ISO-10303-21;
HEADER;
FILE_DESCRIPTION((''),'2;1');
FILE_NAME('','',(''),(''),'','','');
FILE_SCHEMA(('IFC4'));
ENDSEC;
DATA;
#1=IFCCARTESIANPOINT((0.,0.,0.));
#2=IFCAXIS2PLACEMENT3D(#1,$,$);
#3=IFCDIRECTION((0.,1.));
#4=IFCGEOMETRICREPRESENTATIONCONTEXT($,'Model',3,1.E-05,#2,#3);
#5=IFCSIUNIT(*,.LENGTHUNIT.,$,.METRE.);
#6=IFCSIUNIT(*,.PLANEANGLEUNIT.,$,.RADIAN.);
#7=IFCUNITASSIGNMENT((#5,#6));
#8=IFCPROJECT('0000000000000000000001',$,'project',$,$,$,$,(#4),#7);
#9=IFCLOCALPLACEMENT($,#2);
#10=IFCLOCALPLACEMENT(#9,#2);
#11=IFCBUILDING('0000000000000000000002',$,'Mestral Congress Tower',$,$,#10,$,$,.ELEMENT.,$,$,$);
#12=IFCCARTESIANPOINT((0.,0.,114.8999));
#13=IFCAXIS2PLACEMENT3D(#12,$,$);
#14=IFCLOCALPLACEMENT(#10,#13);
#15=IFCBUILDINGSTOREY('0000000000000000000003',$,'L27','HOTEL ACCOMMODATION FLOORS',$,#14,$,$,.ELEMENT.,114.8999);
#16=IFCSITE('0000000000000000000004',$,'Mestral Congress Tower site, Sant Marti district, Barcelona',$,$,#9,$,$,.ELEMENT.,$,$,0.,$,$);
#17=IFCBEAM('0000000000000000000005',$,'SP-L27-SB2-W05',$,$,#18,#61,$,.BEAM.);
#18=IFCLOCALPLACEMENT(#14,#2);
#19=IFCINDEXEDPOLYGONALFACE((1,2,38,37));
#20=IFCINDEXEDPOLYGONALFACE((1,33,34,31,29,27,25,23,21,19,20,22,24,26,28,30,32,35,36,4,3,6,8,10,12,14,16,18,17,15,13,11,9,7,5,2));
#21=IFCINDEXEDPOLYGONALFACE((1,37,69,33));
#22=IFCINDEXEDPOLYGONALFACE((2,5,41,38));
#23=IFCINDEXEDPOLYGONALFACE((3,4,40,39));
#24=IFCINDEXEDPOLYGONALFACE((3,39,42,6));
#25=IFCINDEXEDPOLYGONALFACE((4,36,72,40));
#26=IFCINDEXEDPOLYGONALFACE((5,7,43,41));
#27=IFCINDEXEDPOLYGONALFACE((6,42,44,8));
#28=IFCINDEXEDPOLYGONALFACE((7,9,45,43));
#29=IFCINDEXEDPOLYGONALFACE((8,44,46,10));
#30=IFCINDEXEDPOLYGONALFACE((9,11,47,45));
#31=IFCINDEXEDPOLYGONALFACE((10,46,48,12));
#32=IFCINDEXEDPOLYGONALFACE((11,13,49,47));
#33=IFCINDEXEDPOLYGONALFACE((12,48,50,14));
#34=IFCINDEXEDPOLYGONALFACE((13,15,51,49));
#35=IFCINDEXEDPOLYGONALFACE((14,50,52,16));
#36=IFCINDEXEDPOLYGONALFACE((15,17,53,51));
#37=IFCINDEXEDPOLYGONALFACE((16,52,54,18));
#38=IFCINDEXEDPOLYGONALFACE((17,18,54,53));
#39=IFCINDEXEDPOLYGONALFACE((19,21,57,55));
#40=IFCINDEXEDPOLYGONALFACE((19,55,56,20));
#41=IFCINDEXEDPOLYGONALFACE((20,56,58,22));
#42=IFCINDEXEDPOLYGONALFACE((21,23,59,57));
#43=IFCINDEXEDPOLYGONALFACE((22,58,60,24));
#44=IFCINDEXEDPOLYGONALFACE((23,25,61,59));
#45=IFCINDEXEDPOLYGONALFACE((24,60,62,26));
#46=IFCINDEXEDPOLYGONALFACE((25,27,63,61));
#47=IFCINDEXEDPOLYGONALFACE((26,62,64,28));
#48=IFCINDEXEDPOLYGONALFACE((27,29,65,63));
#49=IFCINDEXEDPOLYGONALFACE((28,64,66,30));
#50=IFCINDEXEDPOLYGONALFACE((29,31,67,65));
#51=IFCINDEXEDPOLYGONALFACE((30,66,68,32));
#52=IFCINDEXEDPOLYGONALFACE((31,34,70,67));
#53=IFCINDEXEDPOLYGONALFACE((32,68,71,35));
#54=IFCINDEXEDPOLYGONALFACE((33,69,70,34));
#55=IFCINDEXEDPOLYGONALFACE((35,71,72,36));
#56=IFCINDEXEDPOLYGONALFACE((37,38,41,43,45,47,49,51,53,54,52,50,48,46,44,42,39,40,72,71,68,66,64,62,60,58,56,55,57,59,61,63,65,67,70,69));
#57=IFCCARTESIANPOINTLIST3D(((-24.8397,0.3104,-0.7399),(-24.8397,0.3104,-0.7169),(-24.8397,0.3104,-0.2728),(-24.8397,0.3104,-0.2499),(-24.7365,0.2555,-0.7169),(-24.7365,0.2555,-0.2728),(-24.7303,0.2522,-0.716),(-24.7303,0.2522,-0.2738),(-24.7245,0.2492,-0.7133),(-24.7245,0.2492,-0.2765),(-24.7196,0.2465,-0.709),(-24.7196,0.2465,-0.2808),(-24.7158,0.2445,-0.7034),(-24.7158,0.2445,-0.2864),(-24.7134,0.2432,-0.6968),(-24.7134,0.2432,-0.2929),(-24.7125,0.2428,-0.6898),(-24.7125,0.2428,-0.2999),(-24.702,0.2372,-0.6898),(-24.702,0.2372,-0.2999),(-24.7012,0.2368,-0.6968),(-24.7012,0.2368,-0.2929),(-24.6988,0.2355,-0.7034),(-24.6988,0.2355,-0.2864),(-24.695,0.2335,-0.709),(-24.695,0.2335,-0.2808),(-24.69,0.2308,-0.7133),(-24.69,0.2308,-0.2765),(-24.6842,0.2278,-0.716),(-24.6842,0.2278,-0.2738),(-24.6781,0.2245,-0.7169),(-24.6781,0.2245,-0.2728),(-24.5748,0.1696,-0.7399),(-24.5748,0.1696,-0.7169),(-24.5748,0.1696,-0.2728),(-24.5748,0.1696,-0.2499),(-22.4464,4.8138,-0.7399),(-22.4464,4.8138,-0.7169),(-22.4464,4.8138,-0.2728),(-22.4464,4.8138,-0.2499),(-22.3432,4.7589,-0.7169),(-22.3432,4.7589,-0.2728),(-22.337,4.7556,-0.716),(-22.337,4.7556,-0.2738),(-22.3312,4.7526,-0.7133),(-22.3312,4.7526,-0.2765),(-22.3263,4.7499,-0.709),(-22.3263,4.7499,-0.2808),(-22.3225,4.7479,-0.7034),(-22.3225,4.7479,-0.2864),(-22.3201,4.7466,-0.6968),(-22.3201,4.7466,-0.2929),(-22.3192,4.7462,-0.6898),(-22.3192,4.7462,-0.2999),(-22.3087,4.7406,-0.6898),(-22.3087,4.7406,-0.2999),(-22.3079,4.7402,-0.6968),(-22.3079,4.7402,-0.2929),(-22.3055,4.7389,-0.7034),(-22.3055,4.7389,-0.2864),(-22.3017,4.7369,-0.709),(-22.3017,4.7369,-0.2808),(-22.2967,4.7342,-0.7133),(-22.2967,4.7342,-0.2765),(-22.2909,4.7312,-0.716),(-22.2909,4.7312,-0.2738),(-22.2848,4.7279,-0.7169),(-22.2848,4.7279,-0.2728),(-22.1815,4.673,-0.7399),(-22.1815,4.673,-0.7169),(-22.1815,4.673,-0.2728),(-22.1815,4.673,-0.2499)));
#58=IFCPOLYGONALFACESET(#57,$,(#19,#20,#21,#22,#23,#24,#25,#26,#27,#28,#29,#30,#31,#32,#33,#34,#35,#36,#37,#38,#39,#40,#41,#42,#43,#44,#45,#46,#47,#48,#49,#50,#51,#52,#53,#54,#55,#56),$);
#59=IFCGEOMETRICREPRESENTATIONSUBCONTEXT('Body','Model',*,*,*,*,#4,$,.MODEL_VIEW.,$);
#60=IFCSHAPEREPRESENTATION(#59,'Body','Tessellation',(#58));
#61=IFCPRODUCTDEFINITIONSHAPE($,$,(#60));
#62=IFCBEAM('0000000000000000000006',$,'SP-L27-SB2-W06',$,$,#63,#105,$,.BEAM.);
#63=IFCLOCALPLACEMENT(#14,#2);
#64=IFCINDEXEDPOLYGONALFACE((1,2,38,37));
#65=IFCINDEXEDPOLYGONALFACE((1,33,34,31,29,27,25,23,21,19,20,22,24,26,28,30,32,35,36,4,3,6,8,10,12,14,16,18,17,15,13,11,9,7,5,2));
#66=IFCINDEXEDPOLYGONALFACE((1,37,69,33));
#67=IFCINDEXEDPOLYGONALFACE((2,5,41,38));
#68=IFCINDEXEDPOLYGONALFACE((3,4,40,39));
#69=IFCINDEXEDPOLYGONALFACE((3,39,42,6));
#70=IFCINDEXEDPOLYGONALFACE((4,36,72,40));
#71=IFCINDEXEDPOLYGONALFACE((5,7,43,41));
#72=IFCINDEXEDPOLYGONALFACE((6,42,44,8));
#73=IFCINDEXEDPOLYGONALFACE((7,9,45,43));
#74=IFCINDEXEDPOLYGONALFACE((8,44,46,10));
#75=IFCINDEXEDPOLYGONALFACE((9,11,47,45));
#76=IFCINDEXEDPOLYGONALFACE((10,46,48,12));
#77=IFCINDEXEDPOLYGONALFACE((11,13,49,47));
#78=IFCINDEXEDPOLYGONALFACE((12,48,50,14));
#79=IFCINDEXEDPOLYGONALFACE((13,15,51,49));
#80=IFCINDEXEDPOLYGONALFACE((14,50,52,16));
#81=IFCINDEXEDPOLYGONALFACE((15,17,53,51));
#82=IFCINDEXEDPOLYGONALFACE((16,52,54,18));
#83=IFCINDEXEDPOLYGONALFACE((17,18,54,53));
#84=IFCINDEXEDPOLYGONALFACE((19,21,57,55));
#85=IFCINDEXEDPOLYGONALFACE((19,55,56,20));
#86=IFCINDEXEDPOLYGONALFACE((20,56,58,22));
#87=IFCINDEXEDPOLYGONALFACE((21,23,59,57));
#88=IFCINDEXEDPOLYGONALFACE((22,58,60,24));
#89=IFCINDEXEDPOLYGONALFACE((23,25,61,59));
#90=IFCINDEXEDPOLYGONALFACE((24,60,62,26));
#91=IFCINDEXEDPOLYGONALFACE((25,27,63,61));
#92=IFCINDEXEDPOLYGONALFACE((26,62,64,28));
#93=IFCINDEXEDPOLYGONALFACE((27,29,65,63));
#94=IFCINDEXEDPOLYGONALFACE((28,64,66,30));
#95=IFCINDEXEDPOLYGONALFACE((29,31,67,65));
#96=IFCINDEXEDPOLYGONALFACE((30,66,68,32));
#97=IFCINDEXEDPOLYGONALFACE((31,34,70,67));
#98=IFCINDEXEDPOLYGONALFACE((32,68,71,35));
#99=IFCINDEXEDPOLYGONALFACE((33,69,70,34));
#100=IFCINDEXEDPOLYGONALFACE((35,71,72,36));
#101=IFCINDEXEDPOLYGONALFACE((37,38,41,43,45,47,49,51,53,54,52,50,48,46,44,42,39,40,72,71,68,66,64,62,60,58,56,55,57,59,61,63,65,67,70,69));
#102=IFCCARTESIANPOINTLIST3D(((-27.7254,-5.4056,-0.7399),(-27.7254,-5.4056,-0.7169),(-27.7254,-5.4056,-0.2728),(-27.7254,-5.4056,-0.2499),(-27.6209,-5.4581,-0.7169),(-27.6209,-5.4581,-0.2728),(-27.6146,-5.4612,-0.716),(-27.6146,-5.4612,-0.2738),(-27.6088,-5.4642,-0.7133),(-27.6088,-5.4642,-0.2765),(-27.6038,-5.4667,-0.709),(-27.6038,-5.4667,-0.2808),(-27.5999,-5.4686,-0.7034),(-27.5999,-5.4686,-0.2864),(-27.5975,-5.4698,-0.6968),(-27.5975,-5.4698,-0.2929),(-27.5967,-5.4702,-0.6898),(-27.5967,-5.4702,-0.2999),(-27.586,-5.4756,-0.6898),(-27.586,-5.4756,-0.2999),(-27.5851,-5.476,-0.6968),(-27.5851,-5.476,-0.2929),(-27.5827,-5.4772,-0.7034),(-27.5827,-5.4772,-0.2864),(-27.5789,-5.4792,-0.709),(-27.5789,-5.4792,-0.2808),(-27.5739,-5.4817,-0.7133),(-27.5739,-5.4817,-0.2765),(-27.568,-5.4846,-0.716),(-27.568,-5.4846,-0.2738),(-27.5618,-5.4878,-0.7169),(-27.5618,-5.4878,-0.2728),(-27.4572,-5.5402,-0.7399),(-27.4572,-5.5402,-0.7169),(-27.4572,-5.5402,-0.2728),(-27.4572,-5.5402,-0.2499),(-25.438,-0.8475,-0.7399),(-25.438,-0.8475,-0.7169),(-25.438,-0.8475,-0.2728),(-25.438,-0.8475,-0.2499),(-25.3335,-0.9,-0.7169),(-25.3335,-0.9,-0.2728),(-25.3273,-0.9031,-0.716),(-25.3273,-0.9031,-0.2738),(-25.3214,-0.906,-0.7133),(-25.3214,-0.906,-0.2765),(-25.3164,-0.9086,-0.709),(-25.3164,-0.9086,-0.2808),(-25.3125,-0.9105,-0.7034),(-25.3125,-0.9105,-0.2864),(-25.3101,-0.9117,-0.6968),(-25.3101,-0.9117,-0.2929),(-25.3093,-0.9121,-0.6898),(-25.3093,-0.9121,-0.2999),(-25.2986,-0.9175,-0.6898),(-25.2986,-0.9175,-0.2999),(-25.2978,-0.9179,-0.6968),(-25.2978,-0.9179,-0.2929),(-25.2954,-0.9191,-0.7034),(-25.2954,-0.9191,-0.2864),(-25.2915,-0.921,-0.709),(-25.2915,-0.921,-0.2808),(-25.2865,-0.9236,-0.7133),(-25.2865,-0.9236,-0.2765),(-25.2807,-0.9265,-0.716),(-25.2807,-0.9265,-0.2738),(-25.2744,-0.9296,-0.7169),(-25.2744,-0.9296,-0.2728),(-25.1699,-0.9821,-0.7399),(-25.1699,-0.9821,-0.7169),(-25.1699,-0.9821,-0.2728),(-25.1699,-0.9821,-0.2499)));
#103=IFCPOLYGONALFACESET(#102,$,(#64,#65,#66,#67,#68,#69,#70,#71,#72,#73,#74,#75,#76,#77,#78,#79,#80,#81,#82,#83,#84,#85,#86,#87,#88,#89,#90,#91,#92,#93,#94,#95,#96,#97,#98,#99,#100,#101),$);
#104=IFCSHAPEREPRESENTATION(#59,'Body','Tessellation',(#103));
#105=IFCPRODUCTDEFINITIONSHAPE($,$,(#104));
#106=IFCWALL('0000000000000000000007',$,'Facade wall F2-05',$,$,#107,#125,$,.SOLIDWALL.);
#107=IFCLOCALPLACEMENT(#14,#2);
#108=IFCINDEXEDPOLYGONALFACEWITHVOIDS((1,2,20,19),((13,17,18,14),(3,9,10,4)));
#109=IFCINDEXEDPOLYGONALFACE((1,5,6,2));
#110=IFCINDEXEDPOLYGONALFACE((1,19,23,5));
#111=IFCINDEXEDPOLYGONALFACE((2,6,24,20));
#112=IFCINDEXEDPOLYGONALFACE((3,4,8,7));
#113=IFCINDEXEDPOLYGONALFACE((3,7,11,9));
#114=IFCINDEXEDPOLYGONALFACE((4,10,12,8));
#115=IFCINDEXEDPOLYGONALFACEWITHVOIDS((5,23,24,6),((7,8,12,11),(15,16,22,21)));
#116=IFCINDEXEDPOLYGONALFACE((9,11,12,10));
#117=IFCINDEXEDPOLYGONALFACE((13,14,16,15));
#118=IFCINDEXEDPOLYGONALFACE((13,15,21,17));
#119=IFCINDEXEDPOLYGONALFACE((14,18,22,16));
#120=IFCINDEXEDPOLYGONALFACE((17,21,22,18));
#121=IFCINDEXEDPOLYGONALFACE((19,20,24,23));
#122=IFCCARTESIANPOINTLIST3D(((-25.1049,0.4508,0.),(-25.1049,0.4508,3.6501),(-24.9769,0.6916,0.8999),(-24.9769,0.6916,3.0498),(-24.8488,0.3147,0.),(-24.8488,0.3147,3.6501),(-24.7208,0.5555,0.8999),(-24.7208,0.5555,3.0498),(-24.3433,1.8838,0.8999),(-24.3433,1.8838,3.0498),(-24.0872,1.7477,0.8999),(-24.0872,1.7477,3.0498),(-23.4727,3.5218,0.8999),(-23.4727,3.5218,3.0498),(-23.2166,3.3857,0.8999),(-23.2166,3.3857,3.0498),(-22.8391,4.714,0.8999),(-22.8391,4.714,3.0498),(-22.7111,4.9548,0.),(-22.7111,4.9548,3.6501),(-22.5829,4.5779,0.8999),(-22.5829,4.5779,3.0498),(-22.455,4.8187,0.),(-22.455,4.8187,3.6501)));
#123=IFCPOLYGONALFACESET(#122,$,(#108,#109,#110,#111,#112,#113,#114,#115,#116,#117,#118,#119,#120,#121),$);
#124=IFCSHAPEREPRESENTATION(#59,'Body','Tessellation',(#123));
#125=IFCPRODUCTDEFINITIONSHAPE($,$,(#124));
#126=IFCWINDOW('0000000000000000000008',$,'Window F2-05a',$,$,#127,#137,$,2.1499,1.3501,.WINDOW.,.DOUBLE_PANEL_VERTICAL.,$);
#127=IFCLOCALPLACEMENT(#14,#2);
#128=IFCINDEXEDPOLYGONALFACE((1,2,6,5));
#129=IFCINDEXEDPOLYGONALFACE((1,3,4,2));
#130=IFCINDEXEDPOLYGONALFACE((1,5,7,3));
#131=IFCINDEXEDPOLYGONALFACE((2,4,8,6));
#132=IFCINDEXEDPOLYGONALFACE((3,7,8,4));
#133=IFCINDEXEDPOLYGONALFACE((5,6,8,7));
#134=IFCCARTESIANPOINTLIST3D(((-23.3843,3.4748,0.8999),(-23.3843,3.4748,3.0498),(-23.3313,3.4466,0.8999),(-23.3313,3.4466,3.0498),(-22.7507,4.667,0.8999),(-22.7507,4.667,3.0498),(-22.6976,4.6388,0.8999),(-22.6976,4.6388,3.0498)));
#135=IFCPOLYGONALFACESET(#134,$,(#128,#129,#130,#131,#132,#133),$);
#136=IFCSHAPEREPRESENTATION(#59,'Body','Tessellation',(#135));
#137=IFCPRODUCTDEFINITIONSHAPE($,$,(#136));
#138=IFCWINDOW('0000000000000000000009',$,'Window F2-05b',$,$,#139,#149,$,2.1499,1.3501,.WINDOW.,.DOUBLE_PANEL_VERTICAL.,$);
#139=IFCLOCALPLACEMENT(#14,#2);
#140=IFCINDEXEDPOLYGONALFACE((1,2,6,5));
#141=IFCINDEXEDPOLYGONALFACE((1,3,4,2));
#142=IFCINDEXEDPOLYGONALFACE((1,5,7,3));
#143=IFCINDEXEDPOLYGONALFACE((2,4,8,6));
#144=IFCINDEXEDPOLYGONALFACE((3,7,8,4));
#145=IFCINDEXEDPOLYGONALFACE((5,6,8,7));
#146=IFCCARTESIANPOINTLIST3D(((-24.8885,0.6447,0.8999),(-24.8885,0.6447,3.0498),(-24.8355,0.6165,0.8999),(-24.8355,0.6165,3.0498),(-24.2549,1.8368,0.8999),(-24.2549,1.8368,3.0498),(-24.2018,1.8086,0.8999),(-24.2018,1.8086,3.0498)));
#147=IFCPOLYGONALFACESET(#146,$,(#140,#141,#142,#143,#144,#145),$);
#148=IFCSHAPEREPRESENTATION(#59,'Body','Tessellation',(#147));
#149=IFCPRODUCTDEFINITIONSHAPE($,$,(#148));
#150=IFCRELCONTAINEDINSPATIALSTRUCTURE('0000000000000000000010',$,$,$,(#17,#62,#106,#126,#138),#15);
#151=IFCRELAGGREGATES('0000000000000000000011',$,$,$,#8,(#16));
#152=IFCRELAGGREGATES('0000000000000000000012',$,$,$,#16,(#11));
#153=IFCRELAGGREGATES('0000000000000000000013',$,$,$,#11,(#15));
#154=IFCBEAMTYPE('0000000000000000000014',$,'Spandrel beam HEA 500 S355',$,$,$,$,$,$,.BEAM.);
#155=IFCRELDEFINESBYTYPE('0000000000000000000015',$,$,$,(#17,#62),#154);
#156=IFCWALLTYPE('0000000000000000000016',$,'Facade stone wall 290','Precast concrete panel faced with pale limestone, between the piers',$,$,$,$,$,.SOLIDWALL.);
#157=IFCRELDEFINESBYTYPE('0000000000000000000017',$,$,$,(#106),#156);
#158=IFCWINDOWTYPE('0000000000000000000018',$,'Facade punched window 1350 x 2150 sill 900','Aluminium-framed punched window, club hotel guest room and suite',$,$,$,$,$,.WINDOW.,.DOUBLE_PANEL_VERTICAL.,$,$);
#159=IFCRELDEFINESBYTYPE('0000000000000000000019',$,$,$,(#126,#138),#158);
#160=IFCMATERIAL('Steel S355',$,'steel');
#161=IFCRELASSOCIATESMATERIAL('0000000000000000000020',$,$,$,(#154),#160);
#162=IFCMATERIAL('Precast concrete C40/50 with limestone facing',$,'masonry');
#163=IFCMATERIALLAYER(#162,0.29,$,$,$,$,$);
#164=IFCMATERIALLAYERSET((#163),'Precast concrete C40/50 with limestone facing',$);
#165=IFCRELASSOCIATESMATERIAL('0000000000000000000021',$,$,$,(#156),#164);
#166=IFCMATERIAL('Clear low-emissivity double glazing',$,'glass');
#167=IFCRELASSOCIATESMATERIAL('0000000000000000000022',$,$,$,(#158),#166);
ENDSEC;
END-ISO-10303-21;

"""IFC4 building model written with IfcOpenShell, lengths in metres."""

from ifc_helpers import new_model, si_unit, direction, frame, frame_2d, origin, origin_2d, place, context, subcontext, project, spatial, rectangle, i_section, extrude, material, layer, layer_set, material_profile, profile_set, type_object, element, fill, save


model = new_model("IFC4")

# Units and contexts
model_context = context("Model", 3, precision=1e-05, world=origin(), true_north=direction((0.0, 1.0)))
body_context = subcontext(model_context, "Body", "Model", "MODEL_VIEW")
ifc_project = project(units=[si_unit("LENGTHUNIT", "METRE"), si_unit("PLANEANGLEUNIT", "RADIAN")], contexts=[model_context])

# Site, building, storey
site_placement = place(None, origin())
site = spatial("IfcSite", under=ifc_project, at=site_placement, Name="Mestral Congress Tower site, Sant Marti district, Barcelona", CompositionType="ELEMENT", RefElevation=0.0)
building_placement = place(site_placement, origin())
building = spatial("IfcBuilding", under=site, at=building_placement, Name="Mestral Congress Tower", CompositionType="ELEMENT")
storey_placement = place(building_placement, frame((0.0, 0.0, 114.8999)))
storey = spatial("IfcBuildingStorey", under=building, at=storey_placement, Name="L27", Description="HOTEL ACCOMMODATION FLOORS", CompositionType="ELEMENT", Elevation=114.8999)

# Beams
ifc_material_1 = material(Name="Steel S355", Category="steel")
ifc_material_profile_1 = material_profile(ifc_material_1, i_section(OverallWidth=0.3, OverallDepth=0.49, WebThickness=0.012, FlangeThickness=0.0229, FilletRadius=0.0271, at=origin_2d()), Name="HEA 500")
ifc_profile_set_1 = profile_set([ifc_material_profile_1], Name="Steel S355")
beam_type_1 = type_object("IfcBeamType", Name="Spandrel beam HEA 500 S355", PredefinedType="BEAM", material=ifc_profile_set_1)
for number, where, z_axis, x_axis, name in (
    (1, (-22.314, 4.7434, -0.4949), (-0.469288, -0.883045, 0.0), (0.883045, -0.469288, 0.0), "SP-L27-SB2-W05"),
    (2, (-25.304, -0.9148, -0.4949), (-0.448515, -0.893775, 0.0), (0.893775, -0.448515, 0.0), "SP-L27-SB2-W06"),
):
    element("IfcBeam", number, at=place(storey_placement, frame(where, z_axis=z_axis, x_axis=x_axis)), inside=storey, type_object=beam_type_1, Name=name, PredefinedType="BEAM", context=body_context, shape_type="SweptSolid", body=[
        extrude(i_section(OverallWidth=0.3, OverallDepth=0.49, WebThickness=0.012, FlangeThickness=0.0229, FilletRadius=0.0271, at=origin_2d()), origin(), (0.0, 0.0, 1.0), 5.0999),
    ])

# Wall, openings, windows
ifc_material_2 = material(Name="Precast concrete C40/50 with limestone facing", Category="masonry")
ifc_layer_1 = layer(ifc_material_2, 0.29)
ifc_layer_set_1 = layer_set([ifc_layer_1], Name="Precast concrete C40/50 with limestone facing")
wall_type_1 = type_object("IfcWallType", Name="Facade stone wall 290", Description="Precast concrete panel faced with pale limestone, between the piers", PredefinedType="SOLIDWALL", material=ifc_layer_set_1)
wall_1_placement = place(storey_placement, frame((-22.583, 4.8867, 0.0), z_axis=(0.0, 0.0, 1.0), x_axis=(-0.469323, -0.883026, 0.0)))
wall_1 = element("IfcWall", 3, at=wall_1_placement, inside=storey, type_object=wall_type_1, Name="Facade wall F2-05", PredefinedType="SOLIDWALL", context=body_context, shape_type="SweptSolid", body=[
    extrude(rectangle(XDim=5.1006, YDim=0.29, at=frame_2d((2.5503, 0.0))), origin(), (0.0, 0.0, 1.0), 3.6501),
])
opening_1_placement = place(wall_1_placement, frame((0.2727, 0.0, 0.8999)))
opening_1 = element("IfcOpeningElement", 4, at=opening_1_placement, cuts=wall_1, PredefinedType="OPENING", context=body_context, shape_type="SweptSolid", body=[
    extrude(rectangle(XDim=1.3501, YDim=2.1499, at=frame_2d((0.675, 1.075))), frame((0.0, 0.155, 0.0), z_axis=(0.0, -1.0, 0.0), x_axis=(1.0, 0.0, 0.0)), (0.0, 0.0, 1.0), 0.3101),
])
opening_2_placement = place(wall_1_placement, frame((3.4778, 0.0, 0.8999)))
opening_2 = element("IfcOpeningElement", 5, at=opening_2_placement, cuts=wall_1, PredefinedType="OPENING", context=body_context, shape_type="SweptSolid", body=[
    extrude(rectangle(XDim=1.3501, YDim=2.1499, at=frame_2d((0.675, 1.075))), frame((0.0, 0.155, 0.0), z_axis=(0.0, -1.0, 0.0), x_axis=(1.0, 0.0, 0.0)), (0.0, 0.0, 1.0), 0.3101),
])
ifc_material_3 = material(Name="Clear low-emissivity double glazing", Category="glass")
window_type = type_object("IfcWindowType", Name="Facade punched window 1350 x 2150 sill 900", Description="Aluminium-framed punched window, club hotel guest room and suite", PartitioningType="DOUBLE_PANEL_VERTICAL", PredefinedType="WINDOW", material=ifc_material_3)
window_1_placement = place(opening_1_placement, origin())
window_1 = element("IfcWindow", 6, at=window_1_placement, inside=storey, type_object=window_type, Name="Window F2-05a", OverallHeight=2.1499, OverallWidth=1.3501, PartitioningType="DOUBLE_PANEL_VERTICAL", PredefinedType="WINDOW", context=body_context, shape_type="SweptSolid", body=[
    extrude(rectangle(XDim=1.3501, YDim=2.1499, at=frame_2d((0.675, 1.075))), frame((0.0, 0.0151, 0.0), z_axis=(0.0, -1.0, 0.0), x_axis=(1.0, 0.0, 0.0)), (0.0, 0.0, 1.0), 0.0601),
])
fill(opening_1, window_1)
window_2_placement = place(opening_2_placement, origin())
window_2 = element("IfcWindow", 7, at=window_2_placement, inside=storey, type_object=window_type, Name="Window F2-05b", OverallHeight=2.1499, OverallWidth=1.3501, PartitioningType="DOUBLE_PANEL_VERTICAL", PredefinedType="WINDOW", context=body_context, shape_type="SweptSolid", body=[
    extrude(rectangle(XDim=1.3501, YDim=2.1499, at=frame_2d((0.675, 1.075))), frame((0.0, 0.0151, 0.0), z_axis=(0.0, -1.0, 0.0), x_axis=(1.0, 0.0, 0.0)), (0.0, 0.0, 1.0), 0.0601),
])
fill(opening_2, window_2)

save(model, "model.ifc")
